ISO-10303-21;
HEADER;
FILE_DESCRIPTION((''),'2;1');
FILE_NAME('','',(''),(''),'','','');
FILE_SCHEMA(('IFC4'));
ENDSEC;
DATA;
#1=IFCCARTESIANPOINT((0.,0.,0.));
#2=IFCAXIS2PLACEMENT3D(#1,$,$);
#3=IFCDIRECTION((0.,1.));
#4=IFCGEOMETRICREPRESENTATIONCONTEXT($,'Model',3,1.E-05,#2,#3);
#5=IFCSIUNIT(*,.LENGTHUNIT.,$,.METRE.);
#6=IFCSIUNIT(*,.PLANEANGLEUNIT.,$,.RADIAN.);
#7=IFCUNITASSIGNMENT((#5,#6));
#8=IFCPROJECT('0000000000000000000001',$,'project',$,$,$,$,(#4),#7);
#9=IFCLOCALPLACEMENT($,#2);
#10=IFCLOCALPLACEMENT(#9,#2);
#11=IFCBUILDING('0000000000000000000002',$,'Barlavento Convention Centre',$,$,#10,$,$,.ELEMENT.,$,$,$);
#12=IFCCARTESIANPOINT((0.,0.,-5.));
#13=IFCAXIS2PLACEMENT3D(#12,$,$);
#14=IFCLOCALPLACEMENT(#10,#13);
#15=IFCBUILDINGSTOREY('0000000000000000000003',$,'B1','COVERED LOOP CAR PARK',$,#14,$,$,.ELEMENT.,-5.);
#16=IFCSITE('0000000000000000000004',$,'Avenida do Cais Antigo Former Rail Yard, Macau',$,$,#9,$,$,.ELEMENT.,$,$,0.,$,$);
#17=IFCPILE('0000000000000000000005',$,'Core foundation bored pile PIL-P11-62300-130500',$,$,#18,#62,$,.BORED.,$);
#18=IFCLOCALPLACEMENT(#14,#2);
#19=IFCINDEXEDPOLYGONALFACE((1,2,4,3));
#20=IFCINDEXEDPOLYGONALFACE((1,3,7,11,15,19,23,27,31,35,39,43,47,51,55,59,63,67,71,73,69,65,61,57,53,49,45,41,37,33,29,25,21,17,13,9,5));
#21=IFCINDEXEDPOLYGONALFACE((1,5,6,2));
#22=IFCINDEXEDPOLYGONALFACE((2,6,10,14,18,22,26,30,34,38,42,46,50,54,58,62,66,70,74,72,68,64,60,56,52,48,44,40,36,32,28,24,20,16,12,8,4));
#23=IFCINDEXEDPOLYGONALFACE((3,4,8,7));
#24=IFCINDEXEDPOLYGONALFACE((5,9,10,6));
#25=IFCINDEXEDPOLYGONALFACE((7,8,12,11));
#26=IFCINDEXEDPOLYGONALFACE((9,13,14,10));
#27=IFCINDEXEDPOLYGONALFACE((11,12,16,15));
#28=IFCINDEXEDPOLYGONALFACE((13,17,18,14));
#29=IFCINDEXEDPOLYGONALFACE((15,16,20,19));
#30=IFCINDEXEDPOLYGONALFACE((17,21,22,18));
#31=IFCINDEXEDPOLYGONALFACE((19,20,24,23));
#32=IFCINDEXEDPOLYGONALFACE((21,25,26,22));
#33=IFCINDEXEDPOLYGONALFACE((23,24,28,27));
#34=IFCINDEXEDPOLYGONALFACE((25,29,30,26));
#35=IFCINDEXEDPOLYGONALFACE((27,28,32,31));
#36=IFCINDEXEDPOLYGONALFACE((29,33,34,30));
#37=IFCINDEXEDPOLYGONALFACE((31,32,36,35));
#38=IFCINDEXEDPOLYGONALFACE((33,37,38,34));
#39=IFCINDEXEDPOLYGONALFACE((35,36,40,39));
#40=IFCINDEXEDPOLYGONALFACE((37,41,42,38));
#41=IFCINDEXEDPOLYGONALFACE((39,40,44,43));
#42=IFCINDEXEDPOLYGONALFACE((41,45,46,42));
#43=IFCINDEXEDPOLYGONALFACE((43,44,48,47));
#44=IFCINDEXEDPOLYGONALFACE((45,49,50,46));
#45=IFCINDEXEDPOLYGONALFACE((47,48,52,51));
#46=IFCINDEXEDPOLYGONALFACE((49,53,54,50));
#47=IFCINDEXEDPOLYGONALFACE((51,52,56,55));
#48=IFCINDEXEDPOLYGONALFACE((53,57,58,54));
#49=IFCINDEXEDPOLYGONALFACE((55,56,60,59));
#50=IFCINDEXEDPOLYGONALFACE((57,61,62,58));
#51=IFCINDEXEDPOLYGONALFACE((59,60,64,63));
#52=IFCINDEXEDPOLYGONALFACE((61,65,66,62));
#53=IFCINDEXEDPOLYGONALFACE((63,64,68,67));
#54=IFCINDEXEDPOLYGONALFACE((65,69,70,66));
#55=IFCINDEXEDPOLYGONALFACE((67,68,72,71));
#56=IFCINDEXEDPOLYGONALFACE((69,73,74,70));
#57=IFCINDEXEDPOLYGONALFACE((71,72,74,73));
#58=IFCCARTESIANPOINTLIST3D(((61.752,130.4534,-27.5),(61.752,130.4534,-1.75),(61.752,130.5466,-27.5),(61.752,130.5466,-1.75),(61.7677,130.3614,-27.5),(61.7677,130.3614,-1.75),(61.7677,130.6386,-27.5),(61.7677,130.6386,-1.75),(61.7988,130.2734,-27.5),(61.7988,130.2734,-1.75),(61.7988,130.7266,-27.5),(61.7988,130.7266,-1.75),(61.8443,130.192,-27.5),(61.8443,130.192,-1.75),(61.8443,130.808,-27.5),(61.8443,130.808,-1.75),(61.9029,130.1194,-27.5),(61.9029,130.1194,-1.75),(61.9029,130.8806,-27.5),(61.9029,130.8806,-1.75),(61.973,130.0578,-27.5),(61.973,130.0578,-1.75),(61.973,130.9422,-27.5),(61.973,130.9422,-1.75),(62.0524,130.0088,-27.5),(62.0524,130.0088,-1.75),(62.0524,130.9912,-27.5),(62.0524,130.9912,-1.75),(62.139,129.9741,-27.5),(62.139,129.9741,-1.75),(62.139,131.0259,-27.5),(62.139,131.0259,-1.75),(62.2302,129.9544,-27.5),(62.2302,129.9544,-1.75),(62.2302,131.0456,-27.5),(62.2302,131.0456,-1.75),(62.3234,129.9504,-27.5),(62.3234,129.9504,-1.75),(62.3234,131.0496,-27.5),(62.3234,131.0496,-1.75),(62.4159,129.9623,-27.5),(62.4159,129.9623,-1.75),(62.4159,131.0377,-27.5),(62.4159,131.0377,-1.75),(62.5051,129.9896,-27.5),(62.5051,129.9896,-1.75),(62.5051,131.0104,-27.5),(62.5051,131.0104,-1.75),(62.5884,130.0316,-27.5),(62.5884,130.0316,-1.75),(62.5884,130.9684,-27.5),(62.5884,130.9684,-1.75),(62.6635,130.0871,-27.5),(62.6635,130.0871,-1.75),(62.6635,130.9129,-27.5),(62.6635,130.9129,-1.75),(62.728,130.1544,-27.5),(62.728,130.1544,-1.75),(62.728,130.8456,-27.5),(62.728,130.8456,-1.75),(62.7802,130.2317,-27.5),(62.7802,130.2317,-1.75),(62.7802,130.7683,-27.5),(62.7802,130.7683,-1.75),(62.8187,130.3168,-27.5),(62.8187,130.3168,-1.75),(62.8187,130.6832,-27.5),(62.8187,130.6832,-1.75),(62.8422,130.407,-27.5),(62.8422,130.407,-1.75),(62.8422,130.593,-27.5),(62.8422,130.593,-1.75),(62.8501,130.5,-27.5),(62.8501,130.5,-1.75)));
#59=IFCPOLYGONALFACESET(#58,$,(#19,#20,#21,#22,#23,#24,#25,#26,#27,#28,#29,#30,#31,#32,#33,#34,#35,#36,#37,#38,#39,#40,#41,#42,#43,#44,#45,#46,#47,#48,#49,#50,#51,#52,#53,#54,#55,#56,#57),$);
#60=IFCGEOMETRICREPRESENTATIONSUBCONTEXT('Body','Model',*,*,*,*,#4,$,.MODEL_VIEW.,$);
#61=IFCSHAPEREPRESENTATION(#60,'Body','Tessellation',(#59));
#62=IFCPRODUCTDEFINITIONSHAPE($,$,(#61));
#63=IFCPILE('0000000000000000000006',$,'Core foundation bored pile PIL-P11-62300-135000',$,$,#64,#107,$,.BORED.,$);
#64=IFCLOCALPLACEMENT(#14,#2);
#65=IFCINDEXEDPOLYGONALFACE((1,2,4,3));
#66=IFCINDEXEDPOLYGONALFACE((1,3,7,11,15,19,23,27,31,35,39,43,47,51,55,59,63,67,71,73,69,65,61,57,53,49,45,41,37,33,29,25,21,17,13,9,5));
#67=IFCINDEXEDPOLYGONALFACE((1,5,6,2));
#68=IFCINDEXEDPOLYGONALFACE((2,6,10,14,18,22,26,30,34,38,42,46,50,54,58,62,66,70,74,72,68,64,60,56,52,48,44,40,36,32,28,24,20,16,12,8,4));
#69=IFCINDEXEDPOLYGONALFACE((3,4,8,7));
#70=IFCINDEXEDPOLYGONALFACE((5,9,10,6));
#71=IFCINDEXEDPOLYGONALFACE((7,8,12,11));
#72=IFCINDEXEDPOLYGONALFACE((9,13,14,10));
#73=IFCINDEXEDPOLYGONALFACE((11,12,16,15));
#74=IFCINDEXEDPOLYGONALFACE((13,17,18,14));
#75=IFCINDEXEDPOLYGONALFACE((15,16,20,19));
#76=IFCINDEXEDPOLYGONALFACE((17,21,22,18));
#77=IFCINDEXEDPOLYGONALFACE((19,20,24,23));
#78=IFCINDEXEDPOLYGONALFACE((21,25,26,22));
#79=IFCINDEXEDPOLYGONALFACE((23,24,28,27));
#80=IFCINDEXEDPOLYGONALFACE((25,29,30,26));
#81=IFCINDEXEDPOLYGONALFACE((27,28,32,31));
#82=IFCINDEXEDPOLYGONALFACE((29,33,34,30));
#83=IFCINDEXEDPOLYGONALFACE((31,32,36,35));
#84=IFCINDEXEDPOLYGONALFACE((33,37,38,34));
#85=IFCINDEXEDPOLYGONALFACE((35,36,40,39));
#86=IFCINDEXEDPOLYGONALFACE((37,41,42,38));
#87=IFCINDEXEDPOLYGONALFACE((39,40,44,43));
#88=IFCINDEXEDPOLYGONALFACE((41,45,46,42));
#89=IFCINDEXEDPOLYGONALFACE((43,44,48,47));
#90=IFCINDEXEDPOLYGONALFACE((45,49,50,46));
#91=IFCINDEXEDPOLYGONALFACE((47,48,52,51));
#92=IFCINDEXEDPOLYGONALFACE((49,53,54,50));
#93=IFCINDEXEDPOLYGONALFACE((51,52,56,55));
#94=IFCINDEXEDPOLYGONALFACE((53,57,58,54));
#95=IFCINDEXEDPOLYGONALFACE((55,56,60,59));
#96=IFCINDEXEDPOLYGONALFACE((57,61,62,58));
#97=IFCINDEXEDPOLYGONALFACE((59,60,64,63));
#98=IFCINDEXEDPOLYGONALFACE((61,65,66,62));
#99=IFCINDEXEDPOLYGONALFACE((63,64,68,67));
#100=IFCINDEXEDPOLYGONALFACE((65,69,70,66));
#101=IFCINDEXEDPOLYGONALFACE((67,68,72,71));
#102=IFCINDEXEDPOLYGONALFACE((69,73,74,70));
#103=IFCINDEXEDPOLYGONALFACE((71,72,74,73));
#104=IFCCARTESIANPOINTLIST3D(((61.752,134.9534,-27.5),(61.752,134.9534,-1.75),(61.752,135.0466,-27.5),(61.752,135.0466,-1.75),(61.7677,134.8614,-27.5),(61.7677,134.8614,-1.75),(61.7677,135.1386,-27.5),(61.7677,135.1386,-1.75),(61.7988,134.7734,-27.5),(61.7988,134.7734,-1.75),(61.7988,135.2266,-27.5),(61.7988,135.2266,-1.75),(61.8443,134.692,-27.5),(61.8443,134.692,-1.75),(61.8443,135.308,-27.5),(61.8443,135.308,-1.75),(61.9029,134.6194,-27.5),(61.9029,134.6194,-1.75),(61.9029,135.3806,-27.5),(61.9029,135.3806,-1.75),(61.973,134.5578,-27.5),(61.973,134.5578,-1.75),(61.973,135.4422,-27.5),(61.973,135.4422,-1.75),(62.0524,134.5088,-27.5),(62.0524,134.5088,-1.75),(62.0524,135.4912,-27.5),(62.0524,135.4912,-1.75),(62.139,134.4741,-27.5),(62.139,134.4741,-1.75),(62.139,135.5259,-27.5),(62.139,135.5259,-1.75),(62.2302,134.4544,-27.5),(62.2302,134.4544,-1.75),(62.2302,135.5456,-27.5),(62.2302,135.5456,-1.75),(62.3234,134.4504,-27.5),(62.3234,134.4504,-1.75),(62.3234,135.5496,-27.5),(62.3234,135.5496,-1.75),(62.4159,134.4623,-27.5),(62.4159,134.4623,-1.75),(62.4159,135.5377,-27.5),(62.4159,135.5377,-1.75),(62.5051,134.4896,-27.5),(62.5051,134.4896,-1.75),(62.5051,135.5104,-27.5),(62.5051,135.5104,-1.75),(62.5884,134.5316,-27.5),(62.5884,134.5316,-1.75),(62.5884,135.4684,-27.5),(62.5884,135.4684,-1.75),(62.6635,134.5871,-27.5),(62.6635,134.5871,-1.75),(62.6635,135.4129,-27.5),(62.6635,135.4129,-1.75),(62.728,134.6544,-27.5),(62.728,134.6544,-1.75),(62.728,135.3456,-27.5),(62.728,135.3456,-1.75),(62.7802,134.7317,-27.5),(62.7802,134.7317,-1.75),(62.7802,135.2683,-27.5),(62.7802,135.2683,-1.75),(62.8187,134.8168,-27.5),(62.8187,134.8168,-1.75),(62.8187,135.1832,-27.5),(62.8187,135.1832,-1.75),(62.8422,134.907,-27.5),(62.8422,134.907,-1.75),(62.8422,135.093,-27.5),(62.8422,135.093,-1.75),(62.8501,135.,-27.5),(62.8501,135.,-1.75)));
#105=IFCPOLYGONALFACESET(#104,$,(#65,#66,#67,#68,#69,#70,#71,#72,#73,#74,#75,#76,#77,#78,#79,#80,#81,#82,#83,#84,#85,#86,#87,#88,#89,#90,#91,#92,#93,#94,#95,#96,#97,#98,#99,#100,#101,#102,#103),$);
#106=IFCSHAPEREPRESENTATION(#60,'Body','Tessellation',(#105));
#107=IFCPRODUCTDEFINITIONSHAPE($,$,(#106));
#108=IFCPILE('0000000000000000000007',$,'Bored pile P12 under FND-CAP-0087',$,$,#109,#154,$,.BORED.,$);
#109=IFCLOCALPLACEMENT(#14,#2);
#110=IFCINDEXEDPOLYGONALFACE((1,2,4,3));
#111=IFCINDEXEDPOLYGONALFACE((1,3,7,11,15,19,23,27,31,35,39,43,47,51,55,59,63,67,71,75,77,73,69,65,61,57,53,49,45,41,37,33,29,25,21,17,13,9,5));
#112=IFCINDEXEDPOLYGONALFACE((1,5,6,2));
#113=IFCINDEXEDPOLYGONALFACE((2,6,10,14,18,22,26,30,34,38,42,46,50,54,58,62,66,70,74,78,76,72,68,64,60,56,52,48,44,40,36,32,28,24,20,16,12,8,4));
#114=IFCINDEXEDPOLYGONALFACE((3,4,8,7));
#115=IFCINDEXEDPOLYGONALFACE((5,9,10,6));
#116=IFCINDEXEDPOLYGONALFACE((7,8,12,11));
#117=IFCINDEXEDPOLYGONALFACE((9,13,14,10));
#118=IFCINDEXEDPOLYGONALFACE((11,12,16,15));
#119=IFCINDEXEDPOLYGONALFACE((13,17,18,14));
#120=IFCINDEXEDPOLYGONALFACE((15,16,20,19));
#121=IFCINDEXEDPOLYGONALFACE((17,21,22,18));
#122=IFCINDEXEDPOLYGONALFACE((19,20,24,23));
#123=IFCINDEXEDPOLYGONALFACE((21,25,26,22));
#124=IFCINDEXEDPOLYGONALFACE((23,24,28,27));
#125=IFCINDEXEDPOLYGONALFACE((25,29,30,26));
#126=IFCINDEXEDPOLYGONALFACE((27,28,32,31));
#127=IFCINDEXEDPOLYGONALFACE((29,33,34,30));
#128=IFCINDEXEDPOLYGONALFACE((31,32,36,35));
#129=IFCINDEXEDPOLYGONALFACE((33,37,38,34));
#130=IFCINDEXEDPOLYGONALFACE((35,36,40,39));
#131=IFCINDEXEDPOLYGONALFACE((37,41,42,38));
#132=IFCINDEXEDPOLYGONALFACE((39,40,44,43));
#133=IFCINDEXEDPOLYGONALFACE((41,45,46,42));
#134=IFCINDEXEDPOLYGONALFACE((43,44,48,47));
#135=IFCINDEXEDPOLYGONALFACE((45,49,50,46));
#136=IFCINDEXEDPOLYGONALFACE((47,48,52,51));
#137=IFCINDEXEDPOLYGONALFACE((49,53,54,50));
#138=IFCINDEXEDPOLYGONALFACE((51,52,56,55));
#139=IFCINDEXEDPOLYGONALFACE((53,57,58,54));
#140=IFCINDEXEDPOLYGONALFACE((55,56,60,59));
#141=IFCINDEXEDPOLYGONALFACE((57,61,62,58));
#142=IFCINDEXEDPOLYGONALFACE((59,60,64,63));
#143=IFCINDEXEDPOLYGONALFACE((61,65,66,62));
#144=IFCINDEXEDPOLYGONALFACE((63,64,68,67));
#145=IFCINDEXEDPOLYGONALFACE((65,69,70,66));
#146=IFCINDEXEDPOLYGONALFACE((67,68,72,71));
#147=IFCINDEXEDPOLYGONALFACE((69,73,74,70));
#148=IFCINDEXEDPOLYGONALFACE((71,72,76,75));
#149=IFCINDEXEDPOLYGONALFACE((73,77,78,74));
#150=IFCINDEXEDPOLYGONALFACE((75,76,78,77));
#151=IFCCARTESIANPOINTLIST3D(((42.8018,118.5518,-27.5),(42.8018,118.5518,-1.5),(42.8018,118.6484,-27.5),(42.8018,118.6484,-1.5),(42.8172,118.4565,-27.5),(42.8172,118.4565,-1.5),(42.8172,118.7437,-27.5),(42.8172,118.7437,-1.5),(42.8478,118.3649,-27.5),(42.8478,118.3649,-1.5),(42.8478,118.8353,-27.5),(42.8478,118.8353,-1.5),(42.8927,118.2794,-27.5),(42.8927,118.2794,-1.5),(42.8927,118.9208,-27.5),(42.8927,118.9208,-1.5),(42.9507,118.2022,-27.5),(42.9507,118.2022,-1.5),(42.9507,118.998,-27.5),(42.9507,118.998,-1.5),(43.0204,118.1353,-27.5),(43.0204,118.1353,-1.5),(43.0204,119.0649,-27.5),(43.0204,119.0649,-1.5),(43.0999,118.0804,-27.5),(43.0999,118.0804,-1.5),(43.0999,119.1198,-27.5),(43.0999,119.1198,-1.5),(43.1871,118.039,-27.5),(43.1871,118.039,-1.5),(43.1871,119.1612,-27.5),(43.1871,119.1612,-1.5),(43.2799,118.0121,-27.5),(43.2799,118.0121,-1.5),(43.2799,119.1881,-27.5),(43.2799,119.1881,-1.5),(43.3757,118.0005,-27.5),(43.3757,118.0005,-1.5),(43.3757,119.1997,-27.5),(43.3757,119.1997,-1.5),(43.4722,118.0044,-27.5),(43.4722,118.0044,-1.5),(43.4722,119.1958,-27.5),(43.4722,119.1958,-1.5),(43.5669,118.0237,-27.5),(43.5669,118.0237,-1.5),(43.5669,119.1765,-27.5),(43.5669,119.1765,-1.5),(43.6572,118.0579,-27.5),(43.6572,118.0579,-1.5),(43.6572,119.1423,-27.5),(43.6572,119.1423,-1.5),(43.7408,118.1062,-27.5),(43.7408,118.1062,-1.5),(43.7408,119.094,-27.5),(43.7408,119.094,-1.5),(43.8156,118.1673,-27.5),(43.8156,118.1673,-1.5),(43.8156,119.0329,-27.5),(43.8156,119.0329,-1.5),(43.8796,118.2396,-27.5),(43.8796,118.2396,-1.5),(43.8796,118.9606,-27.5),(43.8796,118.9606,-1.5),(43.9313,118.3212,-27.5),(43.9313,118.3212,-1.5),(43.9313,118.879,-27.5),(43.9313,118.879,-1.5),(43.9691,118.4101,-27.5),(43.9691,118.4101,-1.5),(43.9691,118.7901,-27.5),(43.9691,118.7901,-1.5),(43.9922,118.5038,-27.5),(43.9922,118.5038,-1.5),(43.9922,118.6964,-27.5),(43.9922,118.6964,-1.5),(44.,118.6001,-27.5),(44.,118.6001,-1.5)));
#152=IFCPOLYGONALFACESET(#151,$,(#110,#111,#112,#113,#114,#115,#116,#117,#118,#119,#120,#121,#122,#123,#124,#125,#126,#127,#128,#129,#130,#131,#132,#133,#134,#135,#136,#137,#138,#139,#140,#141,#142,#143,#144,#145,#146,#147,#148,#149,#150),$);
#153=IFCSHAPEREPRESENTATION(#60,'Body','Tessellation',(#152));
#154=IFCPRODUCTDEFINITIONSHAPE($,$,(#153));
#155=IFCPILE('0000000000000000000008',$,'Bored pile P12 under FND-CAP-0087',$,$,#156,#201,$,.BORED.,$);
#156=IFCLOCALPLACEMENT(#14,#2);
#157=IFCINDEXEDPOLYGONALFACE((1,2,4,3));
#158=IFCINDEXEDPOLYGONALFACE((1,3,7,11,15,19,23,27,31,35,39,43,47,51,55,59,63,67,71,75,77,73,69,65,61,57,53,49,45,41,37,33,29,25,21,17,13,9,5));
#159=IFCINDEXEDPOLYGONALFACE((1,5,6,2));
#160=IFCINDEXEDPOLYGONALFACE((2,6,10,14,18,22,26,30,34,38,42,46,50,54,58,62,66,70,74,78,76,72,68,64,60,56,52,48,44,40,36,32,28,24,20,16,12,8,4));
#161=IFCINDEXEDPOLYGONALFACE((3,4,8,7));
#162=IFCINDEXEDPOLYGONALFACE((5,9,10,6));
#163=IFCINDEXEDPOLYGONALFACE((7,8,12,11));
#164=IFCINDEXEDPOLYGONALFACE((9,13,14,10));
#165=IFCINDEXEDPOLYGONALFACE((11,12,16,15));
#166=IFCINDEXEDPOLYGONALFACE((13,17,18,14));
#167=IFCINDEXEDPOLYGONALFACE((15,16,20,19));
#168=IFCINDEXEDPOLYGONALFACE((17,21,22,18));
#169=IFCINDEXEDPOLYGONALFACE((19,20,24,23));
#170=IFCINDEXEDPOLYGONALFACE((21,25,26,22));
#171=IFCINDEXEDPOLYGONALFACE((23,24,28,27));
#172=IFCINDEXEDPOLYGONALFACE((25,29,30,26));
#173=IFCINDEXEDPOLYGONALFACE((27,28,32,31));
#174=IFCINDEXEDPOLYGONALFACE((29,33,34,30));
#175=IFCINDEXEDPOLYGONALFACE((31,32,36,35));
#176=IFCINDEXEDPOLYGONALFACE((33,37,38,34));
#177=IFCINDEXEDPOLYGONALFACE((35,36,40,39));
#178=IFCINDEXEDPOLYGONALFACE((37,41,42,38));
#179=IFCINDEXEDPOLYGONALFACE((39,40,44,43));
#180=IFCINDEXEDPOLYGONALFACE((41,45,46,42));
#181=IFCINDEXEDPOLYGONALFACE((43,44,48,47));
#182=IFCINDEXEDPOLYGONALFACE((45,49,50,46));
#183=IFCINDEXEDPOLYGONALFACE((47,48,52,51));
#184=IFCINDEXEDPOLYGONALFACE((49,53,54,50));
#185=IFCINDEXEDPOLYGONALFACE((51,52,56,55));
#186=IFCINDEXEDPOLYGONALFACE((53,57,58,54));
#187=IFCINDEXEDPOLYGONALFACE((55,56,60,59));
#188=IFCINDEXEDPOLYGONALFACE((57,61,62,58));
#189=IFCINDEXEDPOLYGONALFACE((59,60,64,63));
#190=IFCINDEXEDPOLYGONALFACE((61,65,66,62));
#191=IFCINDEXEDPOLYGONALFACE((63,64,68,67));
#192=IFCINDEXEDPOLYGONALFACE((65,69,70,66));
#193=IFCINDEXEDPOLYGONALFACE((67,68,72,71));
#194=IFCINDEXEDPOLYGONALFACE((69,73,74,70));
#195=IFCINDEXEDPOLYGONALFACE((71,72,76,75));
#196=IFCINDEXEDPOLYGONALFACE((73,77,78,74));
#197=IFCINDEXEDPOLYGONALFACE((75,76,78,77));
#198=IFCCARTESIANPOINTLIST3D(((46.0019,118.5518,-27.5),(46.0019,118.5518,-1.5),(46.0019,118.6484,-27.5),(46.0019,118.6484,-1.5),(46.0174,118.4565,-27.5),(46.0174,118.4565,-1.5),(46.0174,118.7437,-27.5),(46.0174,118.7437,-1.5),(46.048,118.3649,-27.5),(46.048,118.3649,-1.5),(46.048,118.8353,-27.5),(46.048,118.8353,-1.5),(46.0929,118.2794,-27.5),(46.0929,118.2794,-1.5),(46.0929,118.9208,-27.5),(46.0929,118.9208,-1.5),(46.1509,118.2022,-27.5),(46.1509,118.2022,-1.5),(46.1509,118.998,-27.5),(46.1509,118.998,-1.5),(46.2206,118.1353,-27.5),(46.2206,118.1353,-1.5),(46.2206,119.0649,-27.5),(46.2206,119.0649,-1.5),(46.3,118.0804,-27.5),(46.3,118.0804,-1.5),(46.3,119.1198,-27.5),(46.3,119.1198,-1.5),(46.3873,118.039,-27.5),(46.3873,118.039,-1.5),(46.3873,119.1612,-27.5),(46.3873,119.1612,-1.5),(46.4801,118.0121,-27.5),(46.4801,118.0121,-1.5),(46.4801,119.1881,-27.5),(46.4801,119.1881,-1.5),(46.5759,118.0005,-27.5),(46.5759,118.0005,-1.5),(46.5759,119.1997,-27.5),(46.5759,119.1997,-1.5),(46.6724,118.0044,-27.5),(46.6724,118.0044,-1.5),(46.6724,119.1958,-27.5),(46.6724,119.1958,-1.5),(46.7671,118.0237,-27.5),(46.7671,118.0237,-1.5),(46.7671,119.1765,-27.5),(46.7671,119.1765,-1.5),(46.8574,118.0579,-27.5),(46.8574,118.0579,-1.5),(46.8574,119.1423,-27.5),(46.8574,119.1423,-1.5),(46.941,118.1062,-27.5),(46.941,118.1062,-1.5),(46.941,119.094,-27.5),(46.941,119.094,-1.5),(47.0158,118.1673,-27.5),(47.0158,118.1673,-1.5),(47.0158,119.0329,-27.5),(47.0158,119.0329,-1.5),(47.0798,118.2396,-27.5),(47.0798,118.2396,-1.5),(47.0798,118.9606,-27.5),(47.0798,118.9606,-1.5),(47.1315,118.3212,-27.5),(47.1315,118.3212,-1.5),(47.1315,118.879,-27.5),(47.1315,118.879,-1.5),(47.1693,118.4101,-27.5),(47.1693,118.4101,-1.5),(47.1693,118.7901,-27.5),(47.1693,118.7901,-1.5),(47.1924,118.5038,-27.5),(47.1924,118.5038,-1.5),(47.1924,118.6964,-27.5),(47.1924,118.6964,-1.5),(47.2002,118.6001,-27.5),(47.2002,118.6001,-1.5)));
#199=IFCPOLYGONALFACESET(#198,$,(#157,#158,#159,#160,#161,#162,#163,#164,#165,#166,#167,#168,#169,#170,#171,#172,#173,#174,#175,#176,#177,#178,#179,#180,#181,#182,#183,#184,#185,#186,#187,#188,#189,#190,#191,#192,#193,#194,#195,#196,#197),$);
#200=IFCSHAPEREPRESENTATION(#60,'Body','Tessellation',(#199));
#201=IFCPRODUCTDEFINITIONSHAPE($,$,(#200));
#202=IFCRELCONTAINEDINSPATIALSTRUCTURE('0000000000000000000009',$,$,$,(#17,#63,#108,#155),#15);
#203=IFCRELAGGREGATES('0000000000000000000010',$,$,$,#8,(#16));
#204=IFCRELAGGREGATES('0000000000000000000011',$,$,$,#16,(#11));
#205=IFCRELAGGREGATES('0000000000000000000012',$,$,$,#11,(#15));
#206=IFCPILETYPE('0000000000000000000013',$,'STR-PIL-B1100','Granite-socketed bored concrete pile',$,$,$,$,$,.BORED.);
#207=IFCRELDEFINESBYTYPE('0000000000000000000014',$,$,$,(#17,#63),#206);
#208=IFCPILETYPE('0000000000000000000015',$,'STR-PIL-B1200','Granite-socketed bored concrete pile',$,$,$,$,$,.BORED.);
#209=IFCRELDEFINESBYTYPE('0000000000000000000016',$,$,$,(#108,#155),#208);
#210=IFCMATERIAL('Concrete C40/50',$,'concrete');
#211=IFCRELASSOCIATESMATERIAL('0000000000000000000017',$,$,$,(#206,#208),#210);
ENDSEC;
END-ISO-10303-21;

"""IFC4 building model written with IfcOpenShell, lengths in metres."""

from ifc_helpers import new_model, si_unit, direction, frame, origin, origin_2d, place, context, subcontext, project, spatial, circle, extrude, material, material_profile, profile_set, type_object, element, save


model = new_model("IFC4")

# Units and contexts
model_context = context("Model", 3, precision=1e-05, world=origin(), true_north=direction((0.0, 1.0)))
body_context = subcontext(model_context, "Body", "Model", "MODEL_VIEW")
ifc_project = project(units=[si_unit("LENGTHUNIT", "METRE"), si_unit("PLANEANGLEUNIT", "RADIAN")], contexts=[model_context])

# Site, building, storey
site_placement = place(None, origin())
site = spatial("IfcSite", under=ifc_project, at=site_placement, Name="Avenida do Cais Antigo Former Rail Yard, Macau", CompositionType="ELEMENT", RefElevation=0.0)
building_placement = place(site_placement, origin())
building = spatial("IfcBuilding", under=site, at=building_placement, Name="Barlavento Convention Centre", CompositionType="ELEMENT")
storey_placement = place(building_placement, frame((0.0, 0.0, -5.0)))
storey = spatial("IfcBuildingStorey", under=building, at=storey_placement, Name="B1", Description="COVERED LOOP CAR PARK", CompositionType="ELEMENT", Elevation=-5.0)

# Shared definitions
ifc_material_1 = material(Name="Concrete C40/50", Category="concrete")

# Piles
ifc_material_profile_1 = material_profile(ifc_material_1, circle(Radius=0.55, at=origin_2d()), Name="BORED PILE 1100")
ifc_profile_set_1 = profile_set([ifc_material_profile_1], Name="Concrete C40/50")
pile_type_1 = type_object("IfcPileType", Name="STR-PIL-B1100", Description="Granite-socketed bored concrete pile", PredefinedType="BORED", material=ifc_profile_set_1)
for number, where, z_axis, x_axis, name in (
    (1, (62.3, 130.5, -1.75), (0.0, 0.0, -1.0), (1.0, 0.0, 0.0), "Core foundation bored pile PIL-P11-62300-130500"),
    (2, (62.3, 135.0, -1.75), (0.0, 0.0, -1.0), (1.0, 0.0, 0.0), "Core foundation bored pile PIL-P11-62300-135000"),
):
    element("IfcPile", number, at=place(storey_placement, frame(where, z_axis=z_axis, x_axis=x_axis)), inside=storey, type_object=pile_type_1, Name=name, PredefinedType="BORED", context=body_context, shape_type="SweptSolid", body=[
        extrude(circle(Radius=0.55, at=origin_2d()), origin(), (0.0, 0.0, 1.0), 25.75),
    ])
ifc_material_profile_2 = material_profile(ifc_material_1, circle(Radius=0.6001, at=origin_2d()), Name="BORED PILE 1200")
ifc_profile_set_2 = profile_set([ifc_material_profile_2], Name="Concrete C40/50")
pile_type_2 = type_object("IfcPileType", Name="STR-PIL-B1200", Description="Granite-socketed bored concrete pile", PredefinedType="BORED", material=ifc_profile_set_2)
for number, where, z_axis, x_axis, name in (
    (3, (43.3999, 118.6001, -1.5), (0.0, 0.0, -1.0), (1.0, 0.0, 0.0), "Bored pile P12 under FND-CAP-0087"),
    (4, (46.6001, 118.6001, -1.5), (0.0, 0.0, -1.0), (1.0, 0.0, 0.0), "Bored pile P12 under FND-CAP-0087"),
):
    element("IfcPile", number, at=place(storey_placement, frame(where, z_axis=z_axis, x_axis=x_axis)), inside=storey, type_object=pile_type_2, Name=name, PredefinedType="BORED", context=body_context, shape_type="SweptSolid", body=[
        extrude(circle(Radius=0.6001, at=origin_2d()), origin(), (0.0, 0.0, 1.0), 26.0),
    ])

save(model, "model.ifc")
